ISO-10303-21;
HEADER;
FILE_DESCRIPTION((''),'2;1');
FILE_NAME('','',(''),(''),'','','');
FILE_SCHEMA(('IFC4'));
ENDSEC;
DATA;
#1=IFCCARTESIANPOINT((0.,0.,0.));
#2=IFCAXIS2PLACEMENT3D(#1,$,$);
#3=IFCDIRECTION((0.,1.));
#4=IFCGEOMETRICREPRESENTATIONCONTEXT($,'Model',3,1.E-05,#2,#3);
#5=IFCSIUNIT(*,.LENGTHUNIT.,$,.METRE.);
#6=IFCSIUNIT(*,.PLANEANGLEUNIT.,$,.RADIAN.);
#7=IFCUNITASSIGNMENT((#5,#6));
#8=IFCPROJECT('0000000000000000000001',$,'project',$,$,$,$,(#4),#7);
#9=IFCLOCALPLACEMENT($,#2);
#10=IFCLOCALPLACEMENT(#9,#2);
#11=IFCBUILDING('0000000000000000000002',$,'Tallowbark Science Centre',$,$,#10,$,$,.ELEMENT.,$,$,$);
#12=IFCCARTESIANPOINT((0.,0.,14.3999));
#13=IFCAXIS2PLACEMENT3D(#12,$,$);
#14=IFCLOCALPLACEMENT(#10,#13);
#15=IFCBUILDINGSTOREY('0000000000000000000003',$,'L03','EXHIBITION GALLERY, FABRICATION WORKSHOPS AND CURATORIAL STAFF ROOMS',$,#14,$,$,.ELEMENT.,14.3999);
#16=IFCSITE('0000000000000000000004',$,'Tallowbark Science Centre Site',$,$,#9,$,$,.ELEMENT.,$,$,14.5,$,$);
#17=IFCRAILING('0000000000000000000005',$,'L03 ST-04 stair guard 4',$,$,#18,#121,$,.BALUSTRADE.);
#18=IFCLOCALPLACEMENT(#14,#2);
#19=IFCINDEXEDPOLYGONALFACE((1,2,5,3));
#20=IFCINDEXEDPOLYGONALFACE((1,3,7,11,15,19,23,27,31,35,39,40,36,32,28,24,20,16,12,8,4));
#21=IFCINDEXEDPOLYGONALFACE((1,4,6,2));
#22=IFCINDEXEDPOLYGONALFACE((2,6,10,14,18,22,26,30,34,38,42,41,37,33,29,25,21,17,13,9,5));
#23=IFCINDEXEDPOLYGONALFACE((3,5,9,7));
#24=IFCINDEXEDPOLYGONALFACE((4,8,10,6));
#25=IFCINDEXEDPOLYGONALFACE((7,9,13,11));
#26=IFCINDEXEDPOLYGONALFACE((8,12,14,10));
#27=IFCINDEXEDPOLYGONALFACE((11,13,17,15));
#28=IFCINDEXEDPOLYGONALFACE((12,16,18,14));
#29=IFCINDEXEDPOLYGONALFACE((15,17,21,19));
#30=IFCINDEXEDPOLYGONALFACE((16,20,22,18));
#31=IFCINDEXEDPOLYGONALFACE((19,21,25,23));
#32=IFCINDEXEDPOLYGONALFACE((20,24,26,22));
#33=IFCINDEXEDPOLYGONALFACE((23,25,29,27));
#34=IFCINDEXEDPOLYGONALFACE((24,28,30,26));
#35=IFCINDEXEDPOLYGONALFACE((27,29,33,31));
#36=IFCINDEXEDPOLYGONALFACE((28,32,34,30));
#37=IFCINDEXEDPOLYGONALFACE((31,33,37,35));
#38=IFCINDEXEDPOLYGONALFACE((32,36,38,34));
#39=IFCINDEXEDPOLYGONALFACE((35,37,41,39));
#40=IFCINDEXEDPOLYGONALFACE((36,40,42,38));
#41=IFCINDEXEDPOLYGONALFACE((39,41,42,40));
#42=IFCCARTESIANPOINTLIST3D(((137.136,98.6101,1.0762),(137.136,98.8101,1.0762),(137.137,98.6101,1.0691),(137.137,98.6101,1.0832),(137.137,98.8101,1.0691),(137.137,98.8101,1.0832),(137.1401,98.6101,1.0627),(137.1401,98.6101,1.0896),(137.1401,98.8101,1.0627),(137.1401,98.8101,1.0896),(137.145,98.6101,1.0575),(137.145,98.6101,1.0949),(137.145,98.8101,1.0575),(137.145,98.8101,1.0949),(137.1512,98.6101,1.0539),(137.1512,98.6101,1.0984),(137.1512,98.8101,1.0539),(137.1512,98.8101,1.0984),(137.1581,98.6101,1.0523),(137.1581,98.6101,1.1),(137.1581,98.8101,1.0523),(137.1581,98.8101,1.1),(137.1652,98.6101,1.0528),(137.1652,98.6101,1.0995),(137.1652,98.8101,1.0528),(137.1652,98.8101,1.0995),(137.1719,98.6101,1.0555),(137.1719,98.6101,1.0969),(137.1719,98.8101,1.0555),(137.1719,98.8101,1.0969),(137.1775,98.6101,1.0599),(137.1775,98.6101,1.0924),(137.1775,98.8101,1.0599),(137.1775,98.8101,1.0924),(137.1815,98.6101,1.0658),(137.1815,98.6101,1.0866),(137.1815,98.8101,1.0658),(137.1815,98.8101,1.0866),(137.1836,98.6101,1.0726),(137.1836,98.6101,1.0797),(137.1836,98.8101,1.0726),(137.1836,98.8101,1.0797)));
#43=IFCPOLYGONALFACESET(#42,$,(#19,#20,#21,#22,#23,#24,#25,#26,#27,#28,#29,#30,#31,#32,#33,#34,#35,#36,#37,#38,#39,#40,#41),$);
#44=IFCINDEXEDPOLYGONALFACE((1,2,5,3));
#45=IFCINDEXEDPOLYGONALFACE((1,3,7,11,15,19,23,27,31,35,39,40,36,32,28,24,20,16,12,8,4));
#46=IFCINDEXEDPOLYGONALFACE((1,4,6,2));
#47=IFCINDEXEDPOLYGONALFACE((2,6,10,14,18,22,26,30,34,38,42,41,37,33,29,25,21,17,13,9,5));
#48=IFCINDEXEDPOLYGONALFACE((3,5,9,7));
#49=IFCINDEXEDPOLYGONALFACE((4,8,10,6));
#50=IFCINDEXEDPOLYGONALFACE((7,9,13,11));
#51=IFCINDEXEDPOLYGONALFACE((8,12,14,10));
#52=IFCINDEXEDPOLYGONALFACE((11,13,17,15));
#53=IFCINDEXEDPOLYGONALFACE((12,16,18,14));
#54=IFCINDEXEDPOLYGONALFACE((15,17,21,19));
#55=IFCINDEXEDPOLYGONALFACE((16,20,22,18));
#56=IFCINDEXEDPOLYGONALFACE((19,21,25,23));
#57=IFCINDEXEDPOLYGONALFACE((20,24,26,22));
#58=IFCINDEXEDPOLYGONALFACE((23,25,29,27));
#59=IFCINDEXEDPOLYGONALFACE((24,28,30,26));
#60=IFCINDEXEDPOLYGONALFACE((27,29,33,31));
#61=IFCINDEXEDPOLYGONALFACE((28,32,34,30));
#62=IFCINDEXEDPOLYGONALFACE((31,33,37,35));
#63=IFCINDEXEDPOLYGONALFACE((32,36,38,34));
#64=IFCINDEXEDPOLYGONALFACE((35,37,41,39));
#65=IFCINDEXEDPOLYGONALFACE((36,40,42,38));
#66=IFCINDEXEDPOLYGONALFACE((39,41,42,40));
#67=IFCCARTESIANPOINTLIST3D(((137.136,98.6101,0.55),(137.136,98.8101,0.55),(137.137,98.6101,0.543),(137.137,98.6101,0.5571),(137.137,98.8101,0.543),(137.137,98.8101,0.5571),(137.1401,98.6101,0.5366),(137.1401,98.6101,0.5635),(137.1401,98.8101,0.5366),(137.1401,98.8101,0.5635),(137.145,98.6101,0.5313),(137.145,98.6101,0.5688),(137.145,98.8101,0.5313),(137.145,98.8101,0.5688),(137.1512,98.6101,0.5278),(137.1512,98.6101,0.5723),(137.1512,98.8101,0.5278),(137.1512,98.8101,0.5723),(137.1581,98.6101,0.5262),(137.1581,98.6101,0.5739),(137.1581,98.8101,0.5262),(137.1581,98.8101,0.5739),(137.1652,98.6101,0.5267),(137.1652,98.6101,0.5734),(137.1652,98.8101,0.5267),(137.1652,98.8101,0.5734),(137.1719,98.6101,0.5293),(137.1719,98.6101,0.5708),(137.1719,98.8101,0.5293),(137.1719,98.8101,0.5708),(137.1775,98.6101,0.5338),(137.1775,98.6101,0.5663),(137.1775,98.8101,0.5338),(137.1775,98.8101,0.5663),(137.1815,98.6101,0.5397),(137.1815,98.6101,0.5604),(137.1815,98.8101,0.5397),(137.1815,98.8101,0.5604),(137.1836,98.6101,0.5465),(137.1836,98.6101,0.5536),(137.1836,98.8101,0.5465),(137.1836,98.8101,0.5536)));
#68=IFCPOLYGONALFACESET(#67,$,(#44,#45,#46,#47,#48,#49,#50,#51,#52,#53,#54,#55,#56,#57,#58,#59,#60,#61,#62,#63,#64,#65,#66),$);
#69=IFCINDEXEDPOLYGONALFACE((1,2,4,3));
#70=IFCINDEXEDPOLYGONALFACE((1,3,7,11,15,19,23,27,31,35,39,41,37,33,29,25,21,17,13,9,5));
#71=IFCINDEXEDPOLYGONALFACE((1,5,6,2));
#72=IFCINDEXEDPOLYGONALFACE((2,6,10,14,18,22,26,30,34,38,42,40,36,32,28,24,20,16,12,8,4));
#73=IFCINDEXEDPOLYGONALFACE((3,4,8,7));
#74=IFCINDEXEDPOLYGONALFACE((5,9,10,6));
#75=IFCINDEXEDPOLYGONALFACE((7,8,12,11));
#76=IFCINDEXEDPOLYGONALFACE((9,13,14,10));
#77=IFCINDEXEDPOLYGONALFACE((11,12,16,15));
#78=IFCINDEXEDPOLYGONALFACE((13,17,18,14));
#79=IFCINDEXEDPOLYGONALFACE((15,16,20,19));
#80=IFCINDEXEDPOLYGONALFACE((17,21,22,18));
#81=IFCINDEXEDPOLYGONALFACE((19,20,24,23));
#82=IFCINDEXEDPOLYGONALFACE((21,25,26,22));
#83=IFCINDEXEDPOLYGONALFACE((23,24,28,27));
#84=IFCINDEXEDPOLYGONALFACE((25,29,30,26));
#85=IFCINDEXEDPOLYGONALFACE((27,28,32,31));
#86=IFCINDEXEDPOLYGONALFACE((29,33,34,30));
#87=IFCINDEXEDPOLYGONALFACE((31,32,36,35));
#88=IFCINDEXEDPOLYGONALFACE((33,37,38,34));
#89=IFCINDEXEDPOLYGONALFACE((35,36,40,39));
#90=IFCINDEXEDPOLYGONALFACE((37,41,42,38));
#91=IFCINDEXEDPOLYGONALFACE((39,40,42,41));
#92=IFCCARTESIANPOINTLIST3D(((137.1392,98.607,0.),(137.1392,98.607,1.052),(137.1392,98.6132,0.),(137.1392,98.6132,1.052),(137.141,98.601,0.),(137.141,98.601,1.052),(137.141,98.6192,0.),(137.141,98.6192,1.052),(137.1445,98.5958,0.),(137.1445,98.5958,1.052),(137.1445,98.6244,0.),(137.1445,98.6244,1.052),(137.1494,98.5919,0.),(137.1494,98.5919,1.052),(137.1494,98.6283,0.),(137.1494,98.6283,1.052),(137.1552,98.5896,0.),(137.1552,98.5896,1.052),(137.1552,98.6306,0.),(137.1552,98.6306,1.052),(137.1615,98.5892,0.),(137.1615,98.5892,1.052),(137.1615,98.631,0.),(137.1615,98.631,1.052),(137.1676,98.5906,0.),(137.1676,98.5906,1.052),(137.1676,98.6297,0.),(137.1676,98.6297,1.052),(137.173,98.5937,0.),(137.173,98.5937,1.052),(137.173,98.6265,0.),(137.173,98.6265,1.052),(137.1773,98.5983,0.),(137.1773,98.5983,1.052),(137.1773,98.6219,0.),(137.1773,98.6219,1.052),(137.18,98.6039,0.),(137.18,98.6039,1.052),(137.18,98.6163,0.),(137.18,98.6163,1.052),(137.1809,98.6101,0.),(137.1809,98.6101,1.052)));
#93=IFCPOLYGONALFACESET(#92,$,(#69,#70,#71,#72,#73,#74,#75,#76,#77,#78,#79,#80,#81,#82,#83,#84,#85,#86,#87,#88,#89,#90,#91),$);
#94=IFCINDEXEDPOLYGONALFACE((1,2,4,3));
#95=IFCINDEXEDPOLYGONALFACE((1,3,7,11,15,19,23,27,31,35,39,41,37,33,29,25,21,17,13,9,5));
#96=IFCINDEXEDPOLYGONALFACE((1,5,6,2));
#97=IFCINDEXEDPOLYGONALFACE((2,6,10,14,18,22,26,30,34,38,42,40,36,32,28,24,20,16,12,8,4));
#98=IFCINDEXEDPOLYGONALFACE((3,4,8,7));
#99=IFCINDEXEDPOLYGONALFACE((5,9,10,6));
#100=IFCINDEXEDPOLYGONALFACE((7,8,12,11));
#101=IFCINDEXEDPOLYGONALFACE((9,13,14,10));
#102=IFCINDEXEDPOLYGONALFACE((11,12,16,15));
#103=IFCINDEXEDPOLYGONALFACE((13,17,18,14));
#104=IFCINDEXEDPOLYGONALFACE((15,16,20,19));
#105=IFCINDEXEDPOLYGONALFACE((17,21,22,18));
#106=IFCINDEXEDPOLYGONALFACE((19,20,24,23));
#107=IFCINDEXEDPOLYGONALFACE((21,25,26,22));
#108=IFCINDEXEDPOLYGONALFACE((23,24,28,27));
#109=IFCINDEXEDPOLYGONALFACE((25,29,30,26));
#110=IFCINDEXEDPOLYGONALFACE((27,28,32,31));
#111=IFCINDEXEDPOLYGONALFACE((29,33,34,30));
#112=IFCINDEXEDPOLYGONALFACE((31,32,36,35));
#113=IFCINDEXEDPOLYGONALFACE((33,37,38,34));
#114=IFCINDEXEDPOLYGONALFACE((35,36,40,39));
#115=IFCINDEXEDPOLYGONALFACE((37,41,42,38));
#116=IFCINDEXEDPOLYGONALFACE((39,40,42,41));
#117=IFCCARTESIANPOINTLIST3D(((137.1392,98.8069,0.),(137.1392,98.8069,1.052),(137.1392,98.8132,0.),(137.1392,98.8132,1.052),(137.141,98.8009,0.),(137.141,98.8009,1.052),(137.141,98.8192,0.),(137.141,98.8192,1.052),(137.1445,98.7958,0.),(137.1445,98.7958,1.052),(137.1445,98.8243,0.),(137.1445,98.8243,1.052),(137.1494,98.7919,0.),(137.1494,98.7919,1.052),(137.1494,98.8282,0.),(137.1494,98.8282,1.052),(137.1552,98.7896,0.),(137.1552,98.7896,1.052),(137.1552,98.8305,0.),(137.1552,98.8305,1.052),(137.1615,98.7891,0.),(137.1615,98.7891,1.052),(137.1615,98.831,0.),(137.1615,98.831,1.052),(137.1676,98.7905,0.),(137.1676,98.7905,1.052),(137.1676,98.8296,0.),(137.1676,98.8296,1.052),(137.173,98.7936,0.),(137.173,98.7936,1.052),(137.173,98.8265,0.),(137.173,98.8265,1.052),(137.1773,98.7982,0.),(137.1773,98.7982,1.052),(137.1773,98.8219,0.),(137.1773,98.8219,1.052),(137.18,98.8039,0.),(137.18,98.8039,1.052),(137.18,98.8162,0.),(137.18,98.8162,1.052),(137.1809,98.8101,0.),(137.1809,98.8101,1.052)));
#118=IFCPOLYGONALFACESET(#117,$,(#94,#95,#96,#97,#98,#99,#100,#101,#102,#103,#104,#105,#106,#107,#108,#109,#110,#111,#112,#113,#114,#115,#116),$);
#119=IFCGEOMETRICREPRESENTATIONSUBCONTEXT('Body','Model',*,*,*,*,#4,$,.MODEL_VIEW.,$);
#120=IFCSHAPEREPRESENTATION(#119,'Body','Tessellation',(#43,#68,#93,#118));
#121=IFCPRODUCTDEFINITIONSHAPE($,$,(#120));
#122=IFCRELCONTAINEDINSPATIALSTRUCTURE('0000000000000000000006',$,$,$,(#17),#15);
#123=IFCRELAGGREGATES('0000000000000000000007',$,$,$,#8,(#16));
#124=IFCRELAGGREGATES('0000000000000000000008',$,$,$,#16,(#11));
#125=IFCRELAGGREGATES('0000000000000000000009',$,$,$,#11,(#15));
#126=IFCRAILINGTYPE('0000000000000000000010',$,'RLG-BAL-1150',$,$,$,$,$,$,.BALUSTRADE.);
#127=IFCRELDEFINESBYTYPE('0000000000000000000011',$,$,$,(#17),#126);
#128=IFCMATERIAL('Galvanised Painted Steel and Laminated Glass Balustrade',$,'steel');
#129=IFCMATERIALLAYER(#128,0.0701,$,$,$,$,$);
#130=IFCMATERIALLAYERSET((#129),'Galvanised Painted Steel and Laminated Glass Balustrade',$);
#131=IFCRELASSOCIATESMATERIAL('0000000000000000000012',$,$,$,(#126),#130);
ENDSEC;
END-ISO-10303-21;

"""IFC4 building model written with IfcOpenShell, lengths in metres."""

from ifc_helpers import new_model, si_unit, direction, frame, origin, origin_2d, place, context, subcontext, project, spatial, circle, extrude, material, layer, layer_set, type_object, element, save


model = new_model("IFC4")

# Units and contexts
model_context = context("Model", 3, precision=1e-05, world=origin(), true_north=direction((0.0, 1.0)))
body_context = subcontext(model_context, "Body", "Model", "MODEL_VIEW")
ifc_project = project(units=[si_unit("LENGTHUNIT", "METRE"), si_unit("PLANEANGLEUNIT", "RADIAN")], contexts=[model_context])

# Site, building, storey
site_placement = place(None, origin())
site = spatial("IfcSite", under=ifc_project, at=site_placement, Name="Tallowbark Science Centre Site", CompositionType="ELEMENT", RefElevation=14.5)
building_placement = place(site_placement, origin())
building = spatial("IfcBuilding", under=site, at=building_placement, Name="Tallowbark Science Centre", CompositionType="ELEMENT")
storey_placement = place(building_placement, frame((0.0, 0.0, 14.3999)))
storey = spatial("IfcBuildingStorey", under=building, at=storey_placement, Name="L03", Description="EXHIBITION GALLERY, FABRICATION WORKSHOPS AND CURATORIAL STAFF ROOMS", CompositionType="ELEMENT", Elevation=14.3999)

# Railing
ifc_material_1 = material(Name="Galvanised Painted Steel and Laminated Glass Balustrade", Category="steel")
ifc_layer_1 = layer(ifc_material_1, 0.0701)
ifc_layer_set_1 = layer_set([ifc_layer_1], Name="Galvanised Painted Steel and Laminated Glass Balustrade")
railing_type_1 = type_object("IfcRailingType", Name="RLG-BAL-1150", PredefinedType="BALUSTRADE", material=ifc_layer_set_1)
for number, where, name in (
    (1, (137.1599, 98.6101, 0.0), "L03 ST-04 stair guard 4"),
):
    element("IfcRailing", number, at=place(storey_placement, frame(where)), inside=storey, type_object=railing_type_1, Name=name, PredefinedType="BALUSTRADE", context=body_context, shape_type="SweptSolid", body=[
        extrude(circle(Radius=0.0239, at=origin_2d()), frame((0.0, 0.0, 1.0762), z_axis=(0.0, 1.0, 0.0), x_axis=(-1.0, 0.0, 0.0)), (0.0, 0.0, 1.0), 0.2),
        extrude(circle(Radius=0.0239, at=origin_2d()), frame((0.0, 0.0, 0.55), z_axis=(0.0, 1.0, 0.0), x_axis=(-1.0, 0.0, 0.0)), (0.0, 0.0, 1.0), 0.2),
        extrude(circle(Radius=0.021, at=origin_2d()), origin(), (0.0, 0.0, 1.0), 1.052),
        extrude(circle(Radius=0.021, at=origin_2d()), frame((0.0, 0.2, 0.0)), (0.0, 0.0, 1.0), 1.052),
    ])

save(model, "model.ifc")
